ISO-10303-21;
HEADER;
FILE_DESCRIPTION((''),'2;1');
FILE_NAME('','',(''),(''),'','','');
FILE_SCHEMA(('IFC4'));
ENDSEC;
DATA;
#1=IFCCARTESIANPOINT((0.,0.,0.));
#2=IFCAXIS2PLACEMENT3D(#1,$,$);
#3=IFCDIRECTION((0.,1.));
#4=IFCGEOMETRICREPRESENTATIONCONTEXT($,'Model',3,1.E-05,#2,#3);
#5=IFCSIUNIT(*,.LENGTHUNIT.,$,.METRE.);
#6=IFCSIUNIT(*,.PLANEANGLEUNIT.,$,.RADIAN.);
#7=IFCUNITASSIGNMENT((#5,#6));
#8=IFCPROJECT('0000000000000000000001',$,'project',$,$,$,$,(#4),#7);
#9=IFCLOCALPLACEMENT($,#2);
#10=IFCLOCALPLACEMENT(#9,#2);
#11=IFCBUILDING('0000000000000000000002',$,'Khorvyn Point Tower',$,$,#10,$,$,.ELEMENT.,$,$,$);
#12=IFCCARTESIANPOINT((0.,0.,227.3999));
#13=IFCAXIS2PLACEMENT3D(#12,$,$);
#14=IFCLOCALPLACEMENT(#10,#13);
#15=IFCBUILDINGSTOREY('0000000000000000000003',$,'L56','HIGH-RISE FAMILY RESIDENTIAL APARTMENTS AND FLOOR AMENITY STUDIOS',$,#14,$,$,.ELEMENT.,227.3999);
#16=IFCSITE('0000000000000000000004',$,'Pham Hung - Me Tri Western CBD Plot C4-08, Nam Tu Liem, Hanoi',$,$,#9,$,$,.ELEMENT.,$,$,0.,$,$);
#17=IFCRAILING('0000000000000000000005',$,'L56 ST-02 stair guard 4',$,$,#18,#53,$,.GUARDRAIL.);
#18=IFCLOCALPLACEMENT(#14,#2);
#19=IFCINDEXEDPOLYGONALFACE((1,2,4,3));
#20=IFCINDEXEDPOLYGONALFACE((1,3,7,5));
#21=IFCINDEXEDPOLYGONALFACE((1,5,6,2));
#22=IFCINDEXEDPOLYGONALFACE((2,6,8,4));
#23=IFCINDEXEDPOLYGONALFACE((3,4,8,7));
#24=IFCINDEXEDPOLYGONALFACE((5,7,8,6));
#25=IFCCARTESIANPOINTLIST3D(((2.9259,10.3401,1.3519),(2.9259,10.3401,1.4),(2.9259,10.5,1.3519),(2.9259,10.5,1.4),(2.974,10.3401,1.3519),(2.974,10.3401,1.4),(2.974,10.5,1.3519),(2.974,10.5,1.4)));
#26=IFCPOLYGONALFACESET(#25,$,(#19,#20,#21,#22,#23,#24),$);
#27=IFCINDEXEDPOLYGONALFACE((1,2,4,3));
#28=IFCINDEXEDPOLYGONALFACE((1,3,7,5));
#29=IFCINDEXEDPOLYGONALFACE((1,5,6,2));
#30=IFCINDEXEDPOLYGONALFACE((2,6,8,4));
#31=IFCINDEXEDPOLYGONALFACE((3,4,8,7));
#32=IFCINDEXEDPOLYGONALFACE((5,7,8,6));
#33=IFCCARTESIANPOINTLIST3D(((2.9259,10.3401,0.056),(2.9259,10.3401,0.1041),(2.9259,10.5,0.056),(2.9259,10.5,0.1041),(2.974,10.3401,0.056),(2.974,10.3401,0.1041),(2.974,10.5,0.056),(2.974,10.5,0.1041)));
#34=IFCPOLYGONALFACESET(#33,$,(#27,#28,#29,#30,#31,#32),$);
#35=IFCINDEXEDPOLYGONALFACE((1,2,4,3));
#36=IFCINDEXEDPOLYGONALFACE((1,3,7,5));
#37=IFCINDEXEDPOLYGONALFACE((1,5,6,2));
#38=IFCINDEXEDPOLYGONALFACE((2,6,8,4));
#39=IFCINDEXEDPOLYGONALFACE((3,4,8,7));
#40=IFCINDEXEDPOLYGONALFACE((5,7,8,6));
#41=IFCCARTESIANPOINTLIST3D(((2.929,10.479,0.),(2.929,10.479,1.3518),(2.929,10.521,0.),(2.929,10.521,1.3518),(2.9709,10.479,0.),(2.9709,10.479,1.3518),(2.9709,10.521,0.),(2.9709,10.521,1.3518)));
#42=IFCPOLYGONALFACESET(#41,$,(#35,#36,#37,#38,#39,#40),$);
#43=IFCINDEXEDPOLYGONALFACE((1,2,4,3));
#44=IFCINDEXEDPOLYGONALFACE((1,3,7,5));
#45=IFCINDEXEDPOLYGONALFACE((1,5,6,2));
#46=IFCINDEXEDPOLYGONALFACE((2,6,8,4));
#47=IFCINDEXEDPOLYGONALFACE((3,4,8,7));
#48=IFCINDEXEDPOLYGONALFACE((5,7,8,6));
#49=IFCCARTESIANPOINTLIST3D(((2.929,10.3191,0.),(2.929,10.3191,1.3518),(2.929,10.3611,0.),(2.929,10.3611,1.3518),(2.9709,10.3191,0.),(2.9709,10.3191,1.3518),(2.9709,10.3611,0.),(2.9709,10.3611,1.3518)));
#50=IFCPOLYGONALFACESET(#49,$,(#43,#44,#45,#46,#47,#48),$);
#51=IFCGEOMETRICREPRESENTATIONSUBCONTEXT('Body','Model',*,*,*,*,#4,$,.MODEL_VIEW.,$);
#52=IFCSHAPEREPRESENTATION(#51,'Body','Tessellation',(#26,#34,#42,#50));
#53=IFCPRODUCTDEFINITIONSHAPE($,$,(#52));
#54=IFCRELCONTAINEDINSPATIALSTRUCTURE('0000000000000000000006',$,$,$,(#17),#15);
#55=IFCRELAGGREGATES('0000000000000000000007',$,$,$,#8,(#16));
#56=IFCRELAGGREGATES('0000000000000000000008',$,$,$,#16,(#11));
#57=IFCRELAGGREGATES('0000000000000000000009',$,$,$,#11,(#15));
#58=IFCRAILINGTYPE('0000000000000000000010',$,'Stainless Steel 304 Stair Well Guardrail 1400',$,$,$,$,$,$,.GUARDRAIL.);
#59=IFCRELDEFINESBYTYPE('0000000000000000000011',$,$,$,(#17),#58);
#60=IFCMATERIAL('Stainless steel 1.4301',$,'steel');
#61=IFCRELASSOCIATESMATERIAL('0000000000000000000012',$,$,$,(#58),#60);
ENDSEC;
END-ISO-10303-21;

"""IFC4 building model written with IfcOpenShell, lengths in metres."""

from ifc_helpers import new_model, si_unit, direction, frame, origin, origin_2d, place, context, subcontext, project, spatial, rectangle, extrude, material, type_object, element, save


model = new_model("IFC4")

# Units and contexts
model_context = context("Model", 3, precision=1e-05, world=origin(), true_north=direction((0.0, 1.0)))
body_context = subcontext(model_context, "Body", "Model", "MODEL_VIEW")
ifc_project = project(units=[si_unit("LENGTHUNIT", "METRE"), si_unit("PLANEANGLEUNIT", "RADIAN")], contexts=[model_context])

# Site, building, storey
site_placement = place(None, origin())
site = spatial("IfcSite", under=ifc_project, at=site_placement, Name="Pham Hung - Me Tri Western CBD Plot C4-08, Nam Tu Liem, Hanoi", CompositionType="ELEMENT", RefElevation=0.0)
building_placement = place(site_placement, origin())
building = spatial("IfcBuilding", under=site, at=building_placement, Name="Khorvyn Point Tower", CompositionType="ELEMENT")
storey_placement = place(building_placement, frame((0.0, 0.0, 227.3999)))
storey = spatial("IfcBuildingStorey", under=building, at=storey_placement, Name="L56", Description="HIGH-RISE FAMILY RESIDENTIAL APARTMENTS AND FLOOR AMENITY STUDIOS", CompositionType="ELEMENT", Elevation=227.3999)

# Railing
ifc_material_1 = material(Name="Stainless steel 1.4301", Category="steel")
railing_type_1 = type_object("IfcRailingType", Name="Stainless Steel 304 Stair Well Guardrail 1400", PredefinedType="GUARDRAIL", material=ifc_material_1)
railing_1_placement = place(storey_placement, frame((2.95, 10.5, 0.0)))
element("IfcRailing", 1, at=railing_1_placement, inside=storey, type_object=railing_type_1, Name="L56 ST-02 stair guard 4", PredefinedType="GUARDRAIL", context=body_context, shape_type="SweptSolid", body=[
    extrude(rectangle(XDim=0.0481, YDim=0.0481, at=origin_2d()), frame((0.0, 0.0, 1.376), z_axis=(0.0, -1.0, 0.0), x_axis=(1.0, 0.0, 0.0)), (0.0, 0.0, 1.0), 0.1599),
    extrude(rectangle(XDim=0.0481, YDim=0.0481, at=origin_2d()), frame((0.0, 0.0, 0.0801), z_axis=(0.0, -1.0, 0.0), x_axis=(1.0, 0.0, 0.0)), (0.0, 0.0, 1.0), 0.1599),
    extrude(rectangle(XDim=0.042, YDim=0.042, at=origin_2d()), origin(), (0.0, 0.0, 1.0), 1.3518),
    extrude(rectangle(XDim=0.042, YDim=0.042, at=origin_2d()), frame((0.0, -0.1599, 0.0)), (0.0, 0.0, 1.0), 1.3518),
])

save(model, "model.ifc")
